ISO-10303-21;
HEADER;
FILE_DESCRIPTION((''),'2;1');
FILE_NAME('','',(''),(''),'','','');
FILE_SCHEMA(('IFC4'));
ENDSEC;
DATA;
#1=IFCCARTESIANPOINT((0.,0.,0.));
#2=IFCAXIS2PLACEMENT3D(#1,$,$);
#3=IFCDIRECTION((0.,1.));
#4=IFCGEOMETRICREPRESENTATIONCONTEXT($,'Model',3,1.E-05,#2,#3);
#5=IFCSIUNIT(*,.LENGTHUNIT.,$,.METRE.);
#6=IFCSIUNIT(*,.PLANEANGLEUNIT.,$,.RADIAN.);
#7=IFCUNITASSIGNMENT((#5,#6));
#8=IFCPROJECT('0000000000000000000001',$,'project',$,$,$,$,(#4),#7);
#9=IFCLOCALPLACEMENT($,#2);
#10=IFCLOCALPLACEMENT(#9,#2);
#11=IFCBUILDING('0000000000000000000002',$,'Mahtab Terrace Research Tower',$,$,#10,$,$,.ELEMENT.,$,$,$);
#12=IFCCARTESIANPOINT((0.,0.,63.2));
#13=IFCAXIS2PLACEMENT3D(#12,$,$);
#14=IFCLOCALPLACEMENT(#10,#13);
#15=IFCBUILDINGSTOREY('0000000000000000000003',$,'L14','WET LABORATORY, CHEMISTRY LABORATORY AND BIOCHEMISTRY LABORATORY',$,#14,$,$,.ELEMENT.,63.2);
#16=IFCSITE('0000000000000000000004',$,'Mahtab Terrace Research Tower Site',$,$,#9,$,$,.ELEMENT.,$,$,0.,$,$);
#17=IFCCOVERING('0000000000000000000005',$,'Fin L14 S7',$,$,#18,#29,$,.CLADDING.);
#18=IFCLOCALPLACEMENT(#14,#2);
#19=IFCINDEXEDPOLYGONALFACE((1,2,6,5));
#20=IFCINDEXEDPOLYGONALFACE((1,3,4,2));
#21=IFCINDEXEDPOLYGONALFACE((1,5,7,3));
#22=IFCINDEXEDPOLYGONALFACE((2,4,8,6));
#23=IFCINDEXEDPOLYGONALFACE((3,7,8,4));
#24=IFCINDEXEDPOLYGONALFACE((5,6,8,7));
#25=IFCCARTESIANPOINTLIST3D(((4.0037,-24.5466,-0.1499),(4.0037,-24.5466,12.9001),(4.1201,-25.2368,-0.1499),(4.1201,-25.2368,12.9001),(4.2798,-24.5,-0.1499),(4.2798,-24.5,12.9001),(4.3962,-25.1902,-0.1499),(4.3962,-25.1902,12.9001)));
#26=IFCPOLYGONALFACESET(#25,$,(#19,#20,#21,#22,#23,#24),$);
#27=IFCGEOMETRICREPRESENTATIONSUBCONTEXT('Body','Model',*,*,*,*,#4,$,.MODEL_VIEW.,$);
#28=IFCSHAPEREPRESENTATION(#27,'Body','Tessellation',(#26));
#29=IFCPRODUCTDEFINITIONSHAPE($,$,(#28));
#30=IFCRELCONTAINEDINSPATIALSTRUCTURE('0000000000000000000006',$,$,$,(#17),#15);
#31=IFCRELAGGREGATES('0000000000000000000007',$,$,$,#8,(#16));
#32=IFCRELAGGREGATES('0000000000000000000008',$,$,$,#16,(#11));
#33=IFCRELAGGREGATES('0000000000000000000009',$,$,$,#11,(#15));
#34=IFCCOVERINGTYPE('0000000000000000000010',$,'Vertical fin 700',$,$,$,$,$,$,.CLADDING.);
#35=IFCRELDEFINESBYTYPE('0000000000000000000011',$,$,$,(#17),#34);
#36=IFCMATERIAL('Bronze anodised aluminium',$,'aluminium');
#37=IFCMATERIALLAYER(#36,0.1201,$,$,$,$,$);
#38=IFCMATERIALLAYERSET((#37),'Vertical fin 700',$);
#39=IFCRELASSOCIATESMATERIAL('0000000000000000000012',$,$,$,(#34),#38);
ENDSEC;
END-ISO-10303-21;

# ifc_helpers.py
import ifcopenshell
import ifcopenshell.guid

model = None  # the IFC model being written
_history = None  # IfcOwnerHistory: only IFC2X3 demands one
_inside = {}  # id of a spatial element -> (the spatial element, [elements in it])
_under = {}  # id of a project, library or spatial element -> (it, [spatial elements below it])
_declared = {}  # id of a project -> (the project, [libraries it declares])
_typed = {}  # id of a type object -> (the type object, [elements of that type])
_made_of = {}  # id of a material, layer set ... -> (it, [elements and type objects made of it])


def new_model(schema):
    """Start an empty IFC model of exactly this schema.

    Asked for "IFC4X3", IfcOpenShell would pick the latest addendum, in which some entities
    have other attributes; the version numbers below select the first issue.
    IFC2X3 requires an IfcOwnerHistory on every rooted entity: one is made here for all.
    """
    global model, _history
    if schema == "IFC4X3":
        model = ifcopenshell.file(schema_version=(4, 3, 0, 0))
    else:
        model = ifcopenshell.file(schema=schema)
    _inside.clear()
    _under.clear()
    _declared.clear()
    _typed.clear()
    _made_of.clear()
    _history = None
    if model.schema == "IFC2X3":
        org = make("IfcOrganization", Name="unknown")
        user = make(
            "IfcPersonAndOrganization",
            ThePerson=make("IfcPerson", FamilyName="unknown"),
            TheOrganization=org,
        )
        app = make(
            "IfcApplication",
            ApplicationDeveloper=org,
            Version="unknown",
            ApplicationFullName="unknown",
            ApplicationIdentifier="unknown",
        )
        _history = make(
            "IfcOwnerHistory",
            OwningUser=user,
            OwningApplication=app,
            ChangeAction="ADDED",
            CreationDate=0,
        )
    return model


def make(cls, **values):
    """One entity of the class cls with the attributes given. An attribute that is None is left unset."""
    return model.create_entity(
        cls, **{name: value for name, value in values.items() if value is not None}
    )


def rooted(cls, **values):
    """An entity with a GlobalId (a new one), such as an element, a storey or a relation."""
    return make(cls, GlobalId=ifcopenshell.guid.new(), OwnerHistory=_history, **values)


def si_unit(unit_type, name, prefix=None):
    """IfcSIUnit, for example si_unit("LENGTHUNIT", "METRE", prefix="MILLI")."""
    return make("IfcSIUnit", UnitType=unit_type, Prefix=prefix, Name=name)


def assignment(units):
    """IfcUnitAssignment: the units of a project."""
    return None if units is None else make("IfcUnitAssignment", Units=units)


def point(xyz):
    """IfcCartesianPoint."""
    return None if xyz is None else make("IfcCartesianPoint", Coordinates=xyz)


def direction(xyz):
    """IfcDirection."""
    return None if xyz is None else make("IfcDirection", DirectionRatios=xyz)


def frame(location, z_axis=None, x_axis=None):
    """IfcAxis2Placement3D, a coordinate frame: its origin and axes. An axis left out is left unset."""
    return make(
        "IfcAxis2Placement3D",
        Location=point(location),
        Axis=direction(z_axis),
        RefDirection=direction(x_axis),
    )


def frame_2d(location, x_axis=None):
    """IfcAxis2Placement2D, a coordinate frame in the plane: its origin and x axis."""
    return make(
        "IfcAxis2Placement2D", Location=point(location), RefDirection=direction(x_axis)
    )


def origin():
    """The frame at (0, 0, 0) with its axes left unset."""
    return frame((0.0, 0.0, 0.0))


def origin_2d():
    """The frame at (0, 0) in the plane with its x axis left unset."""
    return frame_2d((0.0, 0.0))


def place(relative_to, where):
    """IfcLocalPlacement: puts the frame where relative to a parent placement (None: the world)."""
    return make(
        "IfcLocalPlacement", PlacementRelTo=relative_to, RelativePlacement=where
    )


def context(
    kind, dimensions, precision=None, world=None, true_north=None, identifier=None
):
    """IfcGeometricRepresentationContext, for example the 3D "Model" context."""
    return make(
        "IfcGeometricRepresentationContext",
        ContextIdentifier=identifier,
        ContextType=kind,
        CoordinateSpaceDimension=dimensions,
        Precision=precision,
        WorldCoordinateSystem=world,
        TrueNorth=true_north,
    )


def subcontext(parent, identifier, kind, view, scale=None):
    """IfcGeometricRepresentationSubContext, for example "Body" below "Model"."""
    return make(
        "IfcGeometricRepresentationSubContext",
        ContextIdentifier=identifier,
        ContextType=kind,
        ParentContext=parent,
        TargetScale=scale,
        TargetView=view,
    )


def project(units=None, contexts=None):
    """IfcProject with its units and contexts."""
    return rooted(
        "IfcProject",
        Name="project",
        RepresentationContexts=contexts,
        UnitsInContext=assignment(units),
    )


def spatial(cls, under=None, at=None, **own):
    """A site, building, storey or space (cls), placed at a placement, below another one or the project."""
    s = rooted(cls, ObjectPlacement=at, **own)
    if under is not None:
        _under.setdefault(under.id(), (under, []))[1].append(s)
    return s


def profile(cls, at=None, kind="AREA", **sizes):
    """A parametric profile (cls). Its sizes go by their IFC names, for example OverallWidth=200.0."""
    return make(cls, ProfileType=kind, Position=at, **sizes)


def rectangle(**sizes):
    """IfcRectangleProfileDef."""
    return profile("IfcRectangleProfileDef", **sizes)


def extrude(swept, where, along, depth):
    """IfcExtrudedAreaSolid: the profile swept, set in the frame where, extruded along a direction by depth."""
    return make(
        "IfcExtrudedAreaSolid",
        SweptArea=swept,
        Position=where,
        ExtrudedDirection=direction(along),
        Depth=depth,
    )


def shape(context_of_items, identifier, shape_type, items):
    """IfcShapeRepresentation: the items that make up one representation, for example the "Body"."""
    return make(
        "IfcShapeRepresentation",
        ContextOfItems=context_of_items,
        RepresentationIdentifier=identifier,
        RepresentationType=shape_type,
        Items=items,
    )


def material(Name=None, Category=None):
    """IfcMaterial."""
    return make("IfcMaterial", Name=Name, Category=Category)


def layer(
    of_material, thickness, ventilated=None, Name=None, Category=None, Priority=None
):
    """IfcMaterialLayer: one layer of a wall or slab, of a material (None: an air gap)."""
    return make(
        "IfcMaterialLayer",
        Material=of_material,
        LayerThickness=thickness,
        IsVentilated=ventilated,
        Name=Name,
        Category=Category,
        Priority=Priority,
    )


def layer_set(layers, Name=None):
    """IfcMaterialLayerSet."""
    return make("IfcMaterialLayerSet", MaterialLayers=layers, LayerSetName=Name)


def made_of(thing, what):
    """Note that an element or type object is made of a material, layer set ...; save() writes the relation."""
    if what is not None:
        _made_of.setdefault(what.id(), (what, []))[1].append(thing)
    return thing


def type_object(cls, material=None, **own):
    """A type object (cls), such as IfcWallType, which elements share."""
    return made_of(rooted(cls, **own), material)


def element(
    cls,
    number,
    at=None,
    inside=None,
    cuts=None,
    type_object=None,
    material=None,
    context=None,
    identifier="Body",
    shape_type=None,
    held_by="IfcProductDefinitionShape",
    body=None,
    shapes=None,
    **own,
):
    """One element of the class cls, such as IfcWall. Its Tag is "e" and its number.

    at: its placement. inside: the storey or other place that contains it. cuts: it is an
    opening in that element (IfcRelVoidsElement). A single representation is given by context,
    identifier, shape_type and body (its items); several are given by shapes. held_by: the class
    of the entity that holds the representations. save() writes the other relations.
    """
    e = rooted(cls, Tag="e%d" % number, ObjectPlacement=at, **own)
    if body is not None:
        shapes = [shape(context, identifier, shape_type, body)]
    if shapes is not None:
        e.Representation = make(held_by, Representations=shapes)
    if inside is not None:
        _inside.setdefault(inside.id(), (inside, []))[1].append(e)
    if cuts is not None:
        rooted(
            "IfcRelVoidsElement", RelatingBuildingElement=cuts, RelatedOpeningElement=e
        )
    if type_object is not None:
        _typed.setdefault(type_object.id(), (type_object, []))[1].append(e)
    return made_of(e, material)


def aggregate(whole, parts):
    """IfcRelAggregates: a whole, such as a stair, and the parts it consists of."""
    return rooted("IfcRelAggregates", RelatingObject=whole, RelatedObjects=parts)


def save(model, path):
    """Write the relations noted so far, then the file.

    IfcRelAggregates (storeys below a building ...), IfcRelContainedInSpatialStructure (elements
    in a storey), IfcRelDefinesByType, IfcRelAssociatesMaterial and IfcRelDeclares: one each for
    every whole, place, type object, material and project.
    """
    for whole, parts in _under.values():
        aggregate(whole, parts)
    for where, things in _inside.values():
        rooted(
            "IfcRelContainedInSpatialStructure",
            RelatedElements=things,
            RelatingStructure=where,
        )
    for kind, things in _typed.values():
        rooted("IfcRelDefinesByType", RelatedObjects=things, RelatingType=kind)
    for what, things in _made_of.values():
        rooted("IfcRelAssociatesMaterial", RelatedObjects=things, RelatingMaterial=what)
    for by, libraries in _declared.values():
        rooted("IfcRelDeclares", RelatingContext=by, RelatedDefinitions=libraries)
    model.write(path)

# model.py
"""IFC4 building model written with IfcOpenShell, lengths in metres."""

from ifc_helpers import new_model, si_unit, direction, frame, origin, origin_2d, place, context, subcontext, project, spatial, rectangle, extrude, material, layer, layer_set, type_object, element, save


model = new_model("IFC4")

# Units and contexts
model_context = context("Model", 3, precision=1e-05, world=origin(), true_north=direction((0.0, 1.0)))
body_context = subcontext(model_context, "Body", "Model", "MODEL_VIEW")
ifc_project = project(units=[si_unit("LENGTHUNIT", "METRE"), si_unit("PLANEANGLEUNIT", "RADIAN")], contexts=[model_context])

# Site, building, storey
site_placement = place(None, origin())
site = spatial("IfcSite", under=ifc_project, at=site_placement, Name="Mahtab Terrace Research Tower Site", CompositionType="ELEMENT", RefElevation=0.0)
building_placement = place(site_placement, origin())
building = spatial("IfcBuilding", under=site, at=building_placement, Name="Mahtab Terrace Research Tower", CompositionType="ELEMENT")
storey_placement = place(building_placement, frame((0.0, 0.0, 63.2)))
storey = spatial("IfcBuildingStorey", under=building, at=storey_placement, Name="L14", Description="WET LABORATORY, CHEMISTRY LABORATORY AND BIOCHEMISTRY LABORATORY", CompositionType="ELEMENT", Elevation=63.2)

# Covering
ifc_material_1 = material(Name="Bronze anodised aluminium", Category="aluminium")
ifc_layer_1 = layer(ifc_material_1, 0.1201)
ifc_layer_set_1 = layer_set([ifc_layer_1], Name="Vertical fin 700")
covering_type = type_object("IfcCoveringType", Name="Vertical fin 700", PredefinedType="CLADDING", material=ifc_layer_set_1)
for number, where, z_axis, x_axis, name in (
    (1, (4.2, -24.8684, -0.1499), (0.0, 0.0, 1.0), (0.986079, 0.166277, 0.0), "Fin L14 S7"),
):
    element("IfcCovering", number, at=place(storey_placement, frame(where, z_axis=z_axis, x_axis=x_axis)), inside=storey, type_object=covering_type, Name=name, PredefinedType="CLADDING", context=body_context, shape_type="SweptSolid", body=[
        extrude(rectangle(XDim=0.28, YDim=0.7, at=origin_2d()), origin(), (0.0, 0.0, 1.0), 13.05),
    ])

save(model, "model.ifc")
